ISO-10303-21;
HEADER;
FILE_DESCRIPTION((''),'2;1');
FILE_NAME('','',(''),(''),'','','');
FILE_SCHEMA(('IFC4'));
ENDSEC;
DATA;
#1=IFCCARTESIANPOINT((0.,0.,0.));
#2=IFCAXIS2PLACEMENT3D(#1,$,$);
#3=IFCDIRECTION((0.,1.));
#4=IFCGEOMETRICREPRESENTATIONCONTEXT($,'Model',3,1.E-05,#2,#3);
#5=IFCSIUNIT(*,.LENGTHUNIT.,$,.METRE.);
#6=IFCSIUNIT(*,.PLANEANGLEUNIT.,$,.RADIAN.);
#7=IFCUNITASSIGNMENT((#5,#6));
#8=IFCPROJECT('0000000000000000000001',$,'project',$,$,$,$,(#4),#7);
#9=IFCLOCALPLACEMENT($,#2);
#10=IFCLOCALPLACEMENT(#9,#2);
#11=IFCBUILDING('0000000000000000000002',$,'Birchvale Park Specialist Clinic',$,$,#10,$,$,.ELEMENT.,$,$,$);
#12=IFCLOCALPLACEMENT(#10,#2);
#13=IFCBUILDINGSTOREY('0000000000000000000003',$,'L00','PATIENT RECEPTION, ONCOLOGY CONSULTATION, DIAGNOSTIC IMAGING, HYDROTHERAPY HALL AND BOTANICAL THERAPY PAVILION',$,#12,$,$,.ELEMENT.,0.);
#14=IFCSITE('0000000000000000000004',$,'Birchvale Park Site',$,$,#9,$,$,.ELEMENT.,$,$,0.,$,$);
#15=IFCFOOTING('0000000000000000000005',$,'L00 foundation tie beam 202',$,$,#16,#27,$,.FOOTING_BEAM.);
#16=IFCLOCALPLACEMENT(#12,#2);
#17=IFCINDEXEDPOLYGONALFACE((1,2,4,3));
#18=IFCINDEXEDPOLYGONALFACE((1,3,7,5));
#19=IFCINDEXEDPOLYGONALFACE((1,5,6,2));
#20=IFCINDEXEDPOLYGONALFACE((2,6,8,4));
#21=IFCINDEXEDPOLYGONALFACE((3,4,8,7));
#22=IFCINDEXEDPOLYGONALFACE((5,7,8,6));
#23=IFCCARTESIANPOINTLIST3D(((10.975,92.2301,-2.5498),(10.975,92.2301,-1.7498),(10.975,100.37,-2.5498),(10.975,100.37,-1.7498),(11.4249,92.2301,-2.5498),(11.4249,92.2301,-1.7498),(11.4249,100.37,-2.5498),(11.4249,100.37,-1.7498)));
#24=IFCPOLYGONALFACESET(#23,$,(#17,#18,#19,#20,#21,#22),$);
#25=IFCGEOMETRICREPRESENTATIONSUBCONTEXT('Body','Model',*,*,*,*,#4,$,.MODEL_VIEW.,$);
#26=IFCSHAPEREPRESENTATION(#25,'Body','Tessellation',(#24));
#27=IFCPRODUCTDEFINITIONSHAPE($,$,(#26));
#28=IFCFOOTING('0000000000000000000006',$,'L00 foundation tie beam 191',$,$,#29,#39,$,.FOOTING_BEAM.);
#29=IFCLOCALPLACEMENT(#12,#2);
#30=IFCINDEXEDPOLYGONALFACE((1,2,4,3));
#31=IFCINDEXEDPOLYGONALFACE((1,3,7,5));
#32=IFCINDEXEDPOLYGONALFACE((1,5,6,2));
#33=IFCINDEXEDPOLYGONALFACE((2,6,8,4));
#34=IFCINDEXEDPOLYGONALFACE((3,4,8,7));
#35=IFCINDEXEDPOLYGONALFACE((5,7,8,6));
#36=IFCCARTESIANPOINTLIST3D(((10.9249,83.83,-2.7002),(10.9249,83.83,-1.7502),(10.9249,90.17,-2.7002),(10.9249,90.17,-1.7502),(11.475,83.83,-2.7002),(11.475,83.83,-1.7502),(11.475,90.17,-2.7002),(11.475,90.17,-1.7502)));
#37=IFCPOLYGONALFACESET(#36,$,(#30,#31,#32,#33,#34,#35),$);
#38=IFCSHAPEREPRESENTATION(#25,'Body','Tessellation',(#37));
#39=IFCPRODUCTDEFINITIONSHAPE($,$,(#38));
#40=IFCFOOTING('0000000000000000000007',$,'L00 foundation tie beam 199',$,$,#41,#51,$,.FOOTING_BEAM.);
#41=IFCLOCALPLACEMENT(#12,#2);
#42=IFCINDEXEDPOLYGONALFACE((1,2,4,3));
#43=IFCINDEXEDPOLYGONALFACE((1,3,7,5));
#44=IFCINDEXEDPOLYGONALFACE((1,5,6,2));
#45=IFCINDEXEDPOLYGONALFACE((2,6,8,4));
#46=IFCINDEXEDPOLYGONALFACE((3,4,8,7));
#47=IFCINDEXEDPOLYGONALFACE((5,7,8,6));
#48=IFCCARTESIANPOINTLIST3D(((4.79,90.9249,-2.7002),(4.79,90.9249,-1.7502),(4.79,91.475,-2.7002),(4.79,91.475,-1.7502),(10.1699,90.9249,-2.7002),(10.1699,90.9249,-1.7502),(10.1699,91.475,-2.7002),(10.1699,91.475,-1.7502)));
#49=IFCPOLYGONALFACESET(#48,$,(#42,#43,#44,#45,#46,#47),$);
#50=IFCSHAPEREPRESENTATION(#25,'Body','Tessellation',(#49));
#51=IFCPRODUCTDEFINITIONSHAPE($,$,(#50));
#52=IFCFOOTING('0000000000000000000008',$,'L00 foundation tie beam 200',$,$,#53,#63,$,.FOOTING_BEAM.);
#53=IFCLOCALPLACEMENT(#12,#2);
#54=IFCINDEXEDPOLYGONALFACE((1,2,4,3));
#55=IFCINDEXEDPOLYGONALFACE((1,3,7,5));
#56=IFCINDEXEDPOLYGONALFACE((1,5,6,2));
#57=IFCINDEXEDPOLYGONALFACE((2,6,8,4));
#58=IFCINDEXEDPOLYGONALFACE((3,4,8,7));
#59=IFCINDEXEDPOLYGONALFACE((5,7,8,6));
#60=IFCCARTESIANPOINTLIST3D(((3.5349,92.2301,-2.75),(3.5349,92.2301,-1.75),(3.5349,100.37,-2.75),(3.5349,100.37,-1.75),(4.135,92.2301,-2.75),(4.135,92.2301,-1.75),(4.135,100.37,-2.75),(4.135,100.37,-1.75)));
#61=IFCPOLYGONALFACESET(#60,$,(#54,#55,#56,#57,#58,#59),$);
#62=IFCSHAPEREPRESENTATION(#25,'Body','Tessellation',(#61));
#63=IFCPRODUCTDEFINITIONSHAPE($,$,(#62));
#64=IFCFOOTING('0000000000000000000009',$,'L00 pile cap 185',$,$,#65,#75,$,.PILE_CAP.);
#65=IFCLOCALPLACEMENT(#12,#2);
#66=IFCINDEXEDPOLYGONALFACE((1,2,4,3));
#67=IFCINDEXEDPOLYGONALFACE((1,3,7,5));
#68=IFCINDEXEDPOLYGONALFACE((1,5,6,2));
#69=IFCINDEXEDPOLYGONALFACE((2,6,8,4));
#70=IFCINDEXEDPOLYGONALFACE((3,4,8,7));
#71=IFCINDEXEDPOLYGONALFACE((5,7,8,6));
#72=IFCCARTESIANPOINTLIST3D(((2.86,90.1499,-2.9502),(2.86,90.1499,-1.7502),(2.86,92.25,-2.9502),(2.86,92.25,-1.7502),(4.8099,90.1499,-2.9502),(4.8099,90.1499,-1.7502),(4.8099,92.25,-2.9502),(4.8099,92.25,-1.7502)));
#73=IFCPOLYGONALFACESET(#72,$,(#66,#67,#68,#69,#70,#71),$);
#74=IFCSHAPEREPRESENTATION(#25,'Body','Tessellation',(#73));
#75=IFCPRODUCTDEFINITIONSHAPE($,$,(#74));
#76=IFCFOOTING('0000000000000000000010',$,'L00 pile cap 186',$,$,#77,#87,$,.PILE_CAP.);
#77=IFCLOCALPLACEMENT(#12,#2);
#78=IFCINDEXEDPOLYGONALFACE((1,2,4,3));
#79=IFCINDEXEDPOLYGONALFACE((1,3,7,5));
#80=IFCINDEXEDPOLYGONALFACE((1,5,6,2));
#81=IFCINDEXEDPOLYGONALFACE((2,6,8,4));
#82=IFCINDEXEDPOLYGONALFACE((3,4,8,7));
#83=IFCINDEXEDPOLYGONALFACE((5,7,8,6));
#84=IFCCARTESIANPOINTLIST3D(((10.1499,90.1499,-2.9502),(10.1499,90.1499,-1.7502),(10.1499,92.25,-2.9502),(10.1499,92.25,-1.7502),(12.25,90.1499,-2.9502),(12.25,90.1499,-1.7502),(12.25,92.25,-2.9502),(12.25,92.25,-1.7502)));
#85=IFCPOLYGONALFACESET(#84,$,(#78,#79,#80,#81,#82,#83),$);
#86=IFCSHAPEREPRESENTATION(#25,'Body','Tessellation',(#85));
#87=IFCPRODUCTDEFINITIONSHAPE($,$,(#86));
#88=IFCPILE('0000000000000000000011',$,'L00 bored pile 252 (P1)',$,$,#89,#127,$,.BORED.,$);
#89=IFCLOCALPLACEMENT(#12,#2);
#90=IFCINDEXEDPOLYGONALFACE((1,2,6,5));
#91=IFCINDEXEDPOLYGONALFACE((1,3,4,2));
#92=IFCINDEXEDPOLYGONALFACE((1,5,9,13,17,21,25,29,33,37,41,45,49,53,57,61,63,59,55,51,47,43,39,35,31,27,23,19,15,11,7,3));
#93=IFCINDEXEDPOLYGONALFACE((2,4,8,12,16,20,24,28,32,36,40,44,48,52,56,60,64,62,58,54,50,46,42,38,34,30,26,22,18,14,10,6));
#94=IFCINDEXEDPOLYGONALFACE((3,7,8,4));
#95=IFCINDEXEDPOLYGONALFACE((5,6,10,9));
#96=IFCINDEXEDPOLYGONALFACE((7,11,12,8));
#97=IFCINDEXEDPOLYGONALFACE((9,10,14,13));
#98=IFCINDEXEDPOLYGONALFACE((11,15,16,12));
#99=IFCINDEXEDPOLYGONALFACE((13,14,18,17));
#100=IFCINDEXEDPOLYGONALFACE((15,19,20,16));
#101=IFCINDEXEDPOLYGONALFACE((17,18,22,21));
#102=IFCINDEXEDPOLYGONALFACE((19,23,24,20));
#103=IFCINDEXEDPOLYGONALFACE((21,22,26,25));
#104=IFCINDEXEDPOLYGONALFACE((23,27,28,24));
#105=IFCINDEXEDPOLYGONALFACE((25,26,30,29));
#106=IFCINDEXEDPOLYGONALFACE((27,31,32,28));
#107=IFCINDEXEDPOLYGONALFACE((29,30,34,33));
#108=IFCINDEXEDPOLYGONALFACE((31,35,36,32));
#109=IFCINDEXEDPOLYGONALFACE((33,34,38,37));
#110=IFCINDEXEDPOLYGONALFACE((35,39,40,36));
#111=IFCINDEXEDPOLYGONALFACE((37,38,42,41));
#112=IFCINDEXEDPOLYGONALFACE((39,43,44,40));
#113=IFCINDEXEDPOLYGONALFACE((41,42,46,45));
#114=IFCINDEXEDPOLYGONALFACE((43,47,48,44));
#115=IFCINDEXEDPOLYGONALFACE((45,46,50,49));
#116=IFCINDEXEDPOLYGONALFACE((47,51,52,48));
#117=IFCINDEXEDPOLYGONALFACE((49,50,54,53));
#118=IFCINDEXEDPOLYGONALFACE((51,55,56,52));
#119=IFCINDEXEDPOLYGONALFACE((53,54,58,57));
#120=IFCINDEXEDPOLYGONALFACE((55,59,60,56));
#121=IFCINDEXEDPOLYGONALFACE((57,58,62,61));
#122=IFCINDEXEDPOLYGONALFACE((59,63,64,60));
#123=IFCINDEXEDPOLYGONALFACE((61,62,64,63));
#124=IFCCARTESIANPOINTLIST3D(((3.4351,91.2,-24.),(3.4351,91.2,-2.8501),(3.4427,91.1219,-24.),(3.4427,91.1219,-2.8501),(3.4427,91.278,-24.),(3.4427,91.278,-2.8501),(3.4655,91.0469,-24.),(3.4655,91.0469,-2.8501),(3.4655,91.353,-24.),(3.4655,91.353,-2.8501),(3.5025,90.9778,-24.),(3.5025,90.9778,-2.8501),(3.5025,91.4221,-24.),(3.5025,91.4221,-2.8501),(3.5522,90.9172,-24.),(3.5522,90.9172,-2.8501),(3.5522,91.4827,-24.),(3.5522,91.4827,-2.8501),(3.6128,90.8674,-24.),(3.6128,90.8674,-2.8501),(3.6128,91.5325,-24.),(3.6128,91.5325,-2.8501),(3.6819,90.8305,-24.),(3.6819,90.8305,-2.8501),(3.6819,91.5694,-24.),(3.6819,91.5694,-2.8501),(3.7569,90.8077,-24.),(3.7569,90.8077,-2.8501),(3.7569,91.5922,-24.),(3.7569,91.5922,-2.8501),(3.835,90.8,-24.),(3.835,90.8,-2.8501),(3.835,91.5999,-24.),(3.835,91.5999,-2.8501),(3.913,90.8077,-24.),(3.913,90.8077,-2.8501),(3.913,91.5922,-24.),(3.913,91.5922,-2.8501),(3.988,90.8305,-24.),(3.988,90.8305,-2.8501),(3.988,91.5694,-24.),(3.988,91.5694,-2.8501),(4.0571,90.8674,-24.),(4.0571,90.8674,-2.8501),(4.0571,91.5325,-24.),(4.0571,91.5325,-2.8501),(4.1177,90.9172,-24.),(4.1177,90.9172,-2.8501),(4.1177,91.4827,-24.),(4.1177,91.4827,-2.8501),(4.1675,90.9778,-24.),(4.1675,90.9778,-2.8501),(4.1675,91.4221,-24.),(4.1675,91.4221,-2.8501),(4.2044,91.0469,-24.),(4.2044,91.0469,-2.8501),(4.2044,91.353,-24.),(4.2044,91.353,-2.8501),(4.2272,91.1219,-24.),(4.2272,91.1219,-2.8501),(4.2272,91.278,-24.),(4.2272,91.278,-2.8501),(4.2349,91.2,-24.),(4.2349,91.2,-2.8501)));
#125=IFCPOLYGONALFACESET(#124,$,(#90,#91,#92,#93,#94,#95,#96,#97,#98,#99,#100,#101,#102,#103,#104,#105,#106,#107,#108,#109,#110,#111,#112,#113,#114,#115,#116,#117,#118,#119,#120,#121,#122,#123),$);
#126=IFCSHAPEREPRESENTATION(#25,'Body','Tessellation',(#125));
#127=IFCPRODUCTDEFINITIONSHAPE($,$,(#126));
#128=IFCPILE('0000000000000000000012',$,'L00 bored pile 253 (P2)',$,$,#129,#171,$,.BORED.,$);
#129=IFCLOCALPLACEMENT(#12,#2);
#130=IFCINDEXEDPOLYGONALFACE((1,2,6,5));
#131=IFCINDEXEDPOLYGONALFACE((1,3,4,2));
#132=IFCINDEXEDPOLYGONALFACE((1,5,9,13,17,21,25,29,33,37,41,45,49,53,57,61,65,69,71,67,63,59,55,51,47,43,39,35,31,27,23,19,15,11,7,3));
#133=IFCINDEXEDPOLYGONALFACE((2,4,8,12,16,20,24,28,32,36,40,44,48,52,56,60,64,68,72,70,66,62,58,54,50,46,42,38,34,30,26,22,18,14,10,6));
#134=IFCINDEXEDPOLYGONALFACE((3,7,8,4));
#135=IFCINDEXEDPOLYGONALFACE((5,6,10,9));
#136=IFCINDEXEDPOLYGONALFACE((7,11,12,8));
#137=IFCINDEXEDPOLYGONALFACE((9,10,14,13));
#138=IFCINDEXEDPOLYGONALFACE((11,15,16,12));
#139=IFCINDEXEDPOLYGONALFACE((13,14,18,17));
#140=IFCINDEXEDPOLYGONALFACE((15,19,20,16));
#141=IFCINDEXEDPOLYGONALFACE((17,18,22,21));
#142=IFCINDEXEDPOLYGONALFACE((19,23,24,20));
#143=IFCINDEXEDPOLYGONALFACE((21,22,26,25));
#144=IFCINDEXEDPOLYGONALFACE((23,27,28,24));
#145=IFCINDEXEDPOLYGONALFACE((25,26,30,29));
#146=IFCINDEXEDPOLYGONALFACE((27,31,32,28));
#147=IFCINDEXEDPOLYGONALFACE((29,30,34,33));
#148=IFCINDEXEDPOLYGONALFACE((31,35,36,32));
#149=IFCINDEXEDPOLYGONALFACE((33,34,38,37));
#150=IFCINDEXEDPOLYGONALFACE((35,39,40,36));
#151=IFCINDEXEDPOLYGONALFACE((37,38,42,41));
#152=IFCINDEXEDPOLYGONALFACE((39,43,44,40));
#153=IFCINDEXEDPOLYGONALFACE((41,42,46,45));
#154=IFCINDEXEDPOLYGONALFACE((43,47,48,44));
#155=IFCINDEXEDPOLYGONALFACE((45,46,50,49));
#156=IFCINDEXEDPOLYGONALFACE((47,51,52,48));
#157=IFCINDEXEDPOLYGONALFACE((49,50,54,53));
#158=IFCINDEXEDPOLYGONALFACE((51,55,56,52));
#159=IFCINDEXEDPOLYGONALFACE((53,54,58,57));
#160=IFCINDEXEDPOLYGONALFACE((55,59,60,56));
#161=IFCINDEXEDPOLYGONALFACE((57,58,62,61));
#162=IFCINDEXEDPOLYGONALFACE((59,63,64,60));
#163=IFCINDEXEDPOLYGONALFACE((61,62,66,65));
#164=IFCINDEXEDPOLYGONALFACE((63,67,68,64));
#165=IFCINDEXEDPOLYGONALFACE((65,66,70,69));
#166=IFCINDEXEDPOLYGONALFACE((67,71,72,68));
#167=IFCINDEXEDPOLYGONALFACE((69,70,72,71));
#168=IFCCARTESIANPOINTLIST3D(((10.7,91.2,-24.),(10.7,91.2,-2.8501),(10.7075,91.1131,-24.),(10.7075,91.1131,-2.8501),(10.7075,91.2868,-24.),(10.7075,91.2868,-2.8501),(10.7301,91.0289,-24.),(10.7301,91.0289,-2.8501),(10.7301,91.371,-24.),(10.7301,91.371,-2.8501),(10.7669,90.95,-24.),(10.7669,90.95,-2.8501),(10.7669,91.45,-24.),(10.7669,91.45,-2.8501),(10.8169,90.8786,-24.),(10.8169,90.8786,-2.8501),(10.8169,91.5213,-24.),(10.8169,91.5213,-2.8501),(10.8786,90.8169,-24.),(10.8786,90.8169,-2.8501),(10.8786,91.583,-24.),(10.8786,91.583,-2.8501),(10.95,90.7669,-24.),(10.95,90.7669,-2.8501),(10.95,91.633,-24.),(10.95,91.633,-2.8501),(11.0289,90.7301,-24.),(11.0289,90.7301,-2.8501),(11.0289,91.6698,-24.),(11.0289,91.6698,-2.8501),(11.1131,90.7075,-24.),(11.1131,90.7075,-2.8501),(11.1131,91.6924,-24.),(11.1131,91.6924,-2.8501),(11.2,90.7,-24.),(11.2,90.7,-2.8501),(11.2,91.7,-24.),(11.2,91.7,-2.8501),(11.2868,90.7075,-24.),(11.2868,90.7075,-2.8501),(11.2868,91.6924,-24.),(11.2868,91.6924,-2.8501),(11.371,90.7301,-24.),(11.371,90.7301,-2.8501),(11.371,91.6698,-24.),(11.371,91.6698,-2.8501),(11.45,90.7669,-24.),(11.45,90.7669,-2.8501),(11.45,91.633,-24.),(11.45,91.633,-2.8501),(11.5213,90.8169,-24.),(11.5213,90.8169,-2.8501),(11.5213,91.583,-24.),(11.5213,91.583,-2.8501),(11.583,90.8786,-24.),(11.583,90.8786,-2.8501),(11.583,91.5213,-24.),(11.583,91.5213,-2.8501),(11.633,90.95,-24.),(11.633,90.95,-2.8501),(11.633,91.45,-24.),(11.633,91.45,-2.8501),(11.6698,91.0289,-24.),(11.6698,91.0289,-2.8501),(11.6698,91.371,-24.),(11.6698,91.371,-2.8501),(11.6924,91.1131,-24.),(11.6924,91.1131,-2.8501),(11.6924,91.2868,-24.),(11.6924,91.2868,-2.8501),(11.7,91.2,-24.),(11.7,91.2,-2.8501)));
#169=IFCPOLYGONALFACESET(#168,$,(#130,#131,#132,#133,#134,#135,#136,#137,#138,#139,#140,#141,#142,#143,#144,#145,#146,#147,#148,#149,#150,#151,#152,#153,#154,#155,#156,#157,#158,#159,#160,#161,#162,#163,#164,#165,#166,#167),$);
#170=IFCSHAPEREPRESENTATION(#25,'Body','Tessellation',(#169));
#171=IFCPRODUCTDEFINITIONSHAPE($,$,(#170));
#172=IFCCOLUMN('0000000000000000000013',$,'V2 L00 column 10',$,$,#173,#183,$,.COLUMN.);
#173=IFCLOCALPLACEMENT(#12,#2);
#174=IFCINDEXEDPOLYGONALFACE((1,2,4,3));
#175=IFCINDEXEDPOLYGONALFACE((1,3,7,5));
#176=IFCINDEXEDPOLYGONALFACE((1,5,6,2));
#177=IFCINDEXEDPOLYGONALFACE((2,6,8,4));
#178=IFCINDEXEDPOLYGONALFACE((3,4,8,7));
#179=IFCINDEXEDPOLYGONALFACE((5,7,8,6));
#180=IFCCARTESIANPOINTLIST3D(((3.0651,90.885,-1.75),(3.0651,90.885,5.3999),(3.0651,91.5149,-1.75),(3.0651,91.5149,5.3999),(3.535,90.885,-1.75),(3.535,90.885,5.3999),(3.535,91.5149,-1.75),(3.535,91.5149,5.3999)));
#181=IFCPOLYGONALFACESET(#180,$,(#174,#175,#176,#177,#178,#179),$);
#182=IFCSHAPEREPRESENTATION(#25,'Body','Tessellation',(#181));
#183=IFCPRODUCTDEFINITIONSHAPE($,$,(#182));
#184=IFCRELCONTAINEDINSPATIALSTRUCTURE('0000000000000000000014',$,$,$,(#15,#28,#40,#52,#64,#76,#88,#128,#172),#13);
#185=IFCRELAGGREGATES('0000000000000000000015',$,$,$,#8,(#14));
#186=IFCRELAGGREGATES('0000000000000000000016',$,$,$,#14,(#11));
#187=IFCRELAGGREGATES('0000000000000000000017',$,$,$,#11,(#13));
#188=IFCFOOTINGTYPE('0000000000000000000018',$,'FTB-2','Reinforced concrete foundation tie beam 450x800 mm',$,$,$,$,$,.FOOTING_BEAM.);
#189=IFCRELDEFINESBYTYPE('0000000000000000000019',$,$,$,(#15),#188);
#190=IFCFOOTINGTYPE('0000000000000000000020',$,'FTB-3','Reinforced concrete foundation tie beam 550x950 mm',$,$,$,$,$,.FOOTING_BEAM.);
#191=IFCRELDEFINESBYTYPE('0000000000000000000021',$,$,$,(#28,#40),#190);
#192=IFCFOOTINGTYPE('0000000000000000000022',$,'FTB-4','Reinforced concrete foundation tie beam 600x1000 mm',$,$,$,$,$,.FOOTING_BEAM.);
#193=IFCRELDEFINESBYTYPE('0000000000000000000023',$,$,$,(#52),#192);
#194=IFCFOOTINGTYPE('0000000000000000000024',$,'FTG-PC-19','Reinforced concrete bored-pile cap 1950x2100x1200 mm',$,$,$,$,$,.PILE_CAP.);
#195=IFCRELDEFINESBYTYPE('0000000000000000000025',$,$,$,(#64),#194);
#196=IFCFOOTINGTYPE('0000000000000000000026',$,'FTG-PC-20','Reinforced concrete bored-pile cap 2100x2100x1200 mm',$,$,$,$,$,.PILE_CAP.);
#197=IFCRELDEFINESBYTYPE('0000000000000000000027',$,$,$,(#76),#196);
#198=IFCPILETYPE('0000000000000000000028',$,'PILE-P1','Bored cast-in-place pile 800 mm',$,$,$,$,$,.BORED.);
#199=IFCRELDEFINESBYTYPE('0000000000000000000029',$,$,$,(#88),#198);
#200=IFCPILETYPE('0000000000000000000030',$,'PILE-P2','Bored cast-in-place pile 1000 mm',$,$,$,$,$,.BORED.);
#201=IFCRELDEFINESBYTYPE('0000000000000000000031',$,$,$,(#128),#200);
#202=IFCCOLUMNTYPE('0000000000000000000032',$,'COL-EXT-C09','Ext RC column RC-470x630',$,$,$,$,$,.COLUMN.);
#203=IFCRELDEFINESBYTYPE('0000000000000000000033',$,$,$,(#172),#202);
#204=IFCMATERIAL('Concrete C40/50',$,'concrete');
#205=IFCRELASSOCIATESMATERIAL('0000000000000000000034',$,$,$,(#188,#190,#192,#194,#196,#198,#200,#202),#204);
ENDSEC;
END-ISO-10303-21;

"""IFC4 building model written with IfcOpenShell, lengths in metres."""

from ifc_helpers import new_model, si_unit, direction, frame, origin, origin_2d, place, context, subcontext, project, spatial, rectangle, circle, extrude, material, material_profile, profile_set, type_object, element, save


model = new_model("IFC4")

# Units and contexts
model_context = context("Model", 3, precision=1e-05, world=origin(), true_north=direction((0.0, 1.0)))
body_context = subcontext(model_context, "Body", "Model", "MODEL_VIEW")
ifc_project = project(units=[si_unit("LENGTHUNIT", "METRE"), si_unit("PLANEANGLEUNIT", "RADIAN")], contexts=[model_context])

# Site, building, storey
site_placement = place(None, origin())
site = spatial("IfcSite", under=ifc_project, at=site_placement, Name="Birchvale Park Site", CompositionType="ELEMENT", RefElevation=0.0)
building_placement = place(site_placement, origin())
building = spatial("IfcBuilding", under=site, at=building_placement, Name="Birchvale Park Specialist Clinic", CompositionType="ELEMENT")
storey_placement = place(building_placement, origin())
storey = spatial("IfcBuildingStorey", under=building, at=storey_placement, Name="L00", Description="PATIENT RECEPTION, ONCOLOGY CONSULTATION, DIAGNOSTIC IMAGING, HYDROTHERAPY HALL AND BOTANICAL THERAPY PAVILION", CompositionType="ELEMENT", Elevation=0.0)

# Footings
ifc_material_1 = material(Name="Concrete C40/50", Category="concrete")
footing_type_1 = type_object("IfcFootingType", Name="FTB-2", Description="Reinforced concrete foundation tie beam 450x800 mm", PredefinedType="FOOTING_BEAM", material=ifc_material_1)
footing_1_placement = place(storey_placement, frame((11.2, 96.3, -2.5498), z_axis=(0.0, 0.0, 1.0), x_axis=(1.0, 0.0, 0.0)))
element("IfcFooting", 1, at=footing_1_placement, inside=storey, type_object=footing_type_1, Name="L00 foundation tie beam 202", PredefinedType="FOOTING_BEAM", context=body_context, shape_type="SweptSolid", body=[
    extrude(rectangle(XDim=0.45, YDim=8.1399, at=origin_2d()), origin(), (0.0, 0.0, 1.0), 0.8),
])
footing_type_2 = type_object("IfcFootingType", Name="FTB-3", Description="Reinforced concrete foundation tie beam 550x950 mm", PredefinedType="FOOTING_BEAM", material=ifc_material_1)
footing_2_placement = place(storey_placement, frame((11.2, 87.0, -2.7002), z_axis=(0.0, 0.0, 1.0), x_axis=(1.0, 0.0, 0.0)))
element("IfcFooting", 2, at=footing_2_placement, inside=storey, type_object=footing_type_2, Name="L00 foundation tie beam 191", PredefinedType="FOOTING_BEAM", context=body_context, shape_type="SweptSolid", body=[
    extrude(rectangle(XDim=0.55, YDim=6.3401, at=origin_2d()), origin(), (0.0, 0.0, 1.0), 0.95),
])
footing_3_placement = place(storey_placement, frame((7.48, 91.2, -2.7002), z_axis=(0.0, 0.0, 1.0), x_axis=(1.0, 0.0, 0.0)))
element("IfcFooting", 3, at=footing_3_placement, inside=storey, type_object=footing_type_2, Name="L00 foundation tie beam 199", PredefinedType="FOOTING_BEAM", context=body_context, shape_type="SweptSolid", body=[
    extrude(rectangle(XDim=5.3799, YDim=0.55, at=origin_2d()), origin(), (0.0, 0.0, 1.0), 0.95),
])
footing_type_3 = type_object("IfcFootingType", Name="FTB-4", Description="Reinforced concrete foundation tie beam 600x1000 mm", PredefinedType="FOOTING_BEAM", material=ifc_material_1)
footing_4_placement = place(storey_placement, frame((3.835, 96.3, -2.75), z_axis=(0.0, 0.0, 1.0), x_axis=(1.0, 0.0, 0.0)))
element("IfcFooting", 4, at=footing_4_placement, inside=storey, type_object=footing_type_3, Name="L00 foundation tie beam 200", PredefinedType="FOOTING_BEAM", context=body_context, shape_type="SweptSolid", body=[
    extrude(rectangle(XDim=0.6001, YDim=8.1399, at=origin_2d()), origin(), (0.0, 0.0, 1.0), 1.0),
])
footing_type_4 = type_object("IfcFootingType", Name="FTG-PC-19", Description="Reinforced concrete bored-pile cap 1950x2100x1200 mm", PredefinedType="PILE_CAP", material=ifc_material_1)
footing_5_placement = place(storey_placement, frame((3.835, 91.2, -2.9502), z_axis=(0.0, 0.0, 1.0), x_axis=(1.0, 0.0, 0.0)))
element("IfcFooting", 5, at=footing_5_placement, inside=storey, type_object=footing_type_4, Name="L00 pile cap 185", PredefinedType="PILE_CAP", context=body_context, shape_type="SweptSolid", body=[
    extrude(rectangle(XDim=1.95, YDim=2.1001, at=origin_2d()), origin(), (0.0, 0.0, 1.0), 1.2),
])
footing_type_5 = type_object("IfcFootingType", Name="FTG-PC-20", Description="Reinforced concrete bored-pile cap 2100x2100x1200 mm", PredefinedType="PILE_CAP", material=ifc_material_1)
footing_6_placement = place(storey_placement, frame((11.2, 91.2, -2.9502), z_axis=(0.0, 0.0, 1.0), x_axis=(1.0, 0.0, 0.0)))
element("IfcFooting", 6, at=footing_6_placement, inside=storey, type_object=footing_type_5, Name="L00 pile cap 186", PredefinedType="PILE_CAP", context=body_context, shape_type="SweptSolid", body=[
    extrude(rectangle(XDim=2.1001, YDim=2.1001, at=origin_2d()), origin(), (0.0, 0.0, 1.0), 1.2),
])

# Piles
ifc_material_profile_1 = material_profile(ifc_material_1, circle(Radius=0.3999, at=origin_2d()), Name="PILE-800")
ifc_profile_set_1 = profile_set([ifc_material_profile_1], Name="Concrete C40/50")
pile_type_1 = type_object("IfcPileType", Name="PILE-P1", Description="Bored cast-in-place pile 800 mm", PredefinedType="BORED", material=ifc_profile_set_1)
pile_1_placement = place(storey_placement, frame((3.835, 91.2, -2.8501), z_axis=(0.0, 0.0, -1.0), x_axis=(1.0, 0.0, 0.0)))
element("IfcPile", 7, at=pile_1_placement, inside=storey, type_object=pile_type_1, Name="L00 bored pile 252 (P1)", PredefinedType="BORED", context=body_context, shape_type="SweptSolid", body=[
    extrude(circle(Radius=0.3999, at=origin_2d()), origin(), (0.0, 0.0, 1.0), 21.1499),
])
ifc_material_profile_2 = material_profile(ifc_material_1, circle(Radius=0.5, at=origin_2d()), Name="PILE-1000")
ifc_profile_set_2 = profile_set([ifc_material_profile_2], Name="Concrete C40/50")
pile_type_2 = type_object("IfcPileType", Name="PILE-P2", Description="Bored cast-in-place pile 1000 mm", PredefinedType="BORED", material=ifc_profile_set_2)
pile_2_placement = place(storey_placement, frame((11.2, 91.2, -2.8501), z_axis=(0.0, 0.0, -1.0), x_axis=(1.0, 0.0, 0.0)))
element("IfcPile", 8, at=pile_2_placement, inside=storey, type_object=pile_type_2, Name="L00 bored pile 253 (P2)", PredefinedType="BORED", context=body_context, shape_type="SweptSolid", body=[
    extrude(circle(Radius=0.5, at=origin_2d()), origin(), (0.0, 0.0, 1.0), 21.1499),
])

# Column
ifc_material_profile_3 = material_profile(ifc_material_1, rectangle(XDim=0.47, YDim=0.6299, at=origin_2d()), Name="RC-470x630")
ifc_profile_set_3 = profile_set([ifc_material_profile_3], Name="Concrete C40/50")
column_type_1 = type_object("IfcColumnType", Name="COL-EXT-C09", Description="Ext RC column RC-470x630", PredefinedType="COLUMN", material=ifc_profile_set_3)
column_1_placement = place(storey_placement, frame((3.3, 91.2, -1.75), z_axis=(0.0, 0.0, 1.0), x_axis=(1.0, 0.0, 0.0)))
element("IfcColumn", 9, at=column_1_placement, inside=storey, type_object=column_type_1, Name="V2 L00 column 10", PredefinedType="COLUMN", context=body_context, shape_type="SweptSolid", body=[
    extrude(rectangle(XDim=0.47, YDim=0.6299, at=origin_2d()), origin(), (0.0, 0.0, 1.0), 7.1499),
])

save(model, "model.ifc")
